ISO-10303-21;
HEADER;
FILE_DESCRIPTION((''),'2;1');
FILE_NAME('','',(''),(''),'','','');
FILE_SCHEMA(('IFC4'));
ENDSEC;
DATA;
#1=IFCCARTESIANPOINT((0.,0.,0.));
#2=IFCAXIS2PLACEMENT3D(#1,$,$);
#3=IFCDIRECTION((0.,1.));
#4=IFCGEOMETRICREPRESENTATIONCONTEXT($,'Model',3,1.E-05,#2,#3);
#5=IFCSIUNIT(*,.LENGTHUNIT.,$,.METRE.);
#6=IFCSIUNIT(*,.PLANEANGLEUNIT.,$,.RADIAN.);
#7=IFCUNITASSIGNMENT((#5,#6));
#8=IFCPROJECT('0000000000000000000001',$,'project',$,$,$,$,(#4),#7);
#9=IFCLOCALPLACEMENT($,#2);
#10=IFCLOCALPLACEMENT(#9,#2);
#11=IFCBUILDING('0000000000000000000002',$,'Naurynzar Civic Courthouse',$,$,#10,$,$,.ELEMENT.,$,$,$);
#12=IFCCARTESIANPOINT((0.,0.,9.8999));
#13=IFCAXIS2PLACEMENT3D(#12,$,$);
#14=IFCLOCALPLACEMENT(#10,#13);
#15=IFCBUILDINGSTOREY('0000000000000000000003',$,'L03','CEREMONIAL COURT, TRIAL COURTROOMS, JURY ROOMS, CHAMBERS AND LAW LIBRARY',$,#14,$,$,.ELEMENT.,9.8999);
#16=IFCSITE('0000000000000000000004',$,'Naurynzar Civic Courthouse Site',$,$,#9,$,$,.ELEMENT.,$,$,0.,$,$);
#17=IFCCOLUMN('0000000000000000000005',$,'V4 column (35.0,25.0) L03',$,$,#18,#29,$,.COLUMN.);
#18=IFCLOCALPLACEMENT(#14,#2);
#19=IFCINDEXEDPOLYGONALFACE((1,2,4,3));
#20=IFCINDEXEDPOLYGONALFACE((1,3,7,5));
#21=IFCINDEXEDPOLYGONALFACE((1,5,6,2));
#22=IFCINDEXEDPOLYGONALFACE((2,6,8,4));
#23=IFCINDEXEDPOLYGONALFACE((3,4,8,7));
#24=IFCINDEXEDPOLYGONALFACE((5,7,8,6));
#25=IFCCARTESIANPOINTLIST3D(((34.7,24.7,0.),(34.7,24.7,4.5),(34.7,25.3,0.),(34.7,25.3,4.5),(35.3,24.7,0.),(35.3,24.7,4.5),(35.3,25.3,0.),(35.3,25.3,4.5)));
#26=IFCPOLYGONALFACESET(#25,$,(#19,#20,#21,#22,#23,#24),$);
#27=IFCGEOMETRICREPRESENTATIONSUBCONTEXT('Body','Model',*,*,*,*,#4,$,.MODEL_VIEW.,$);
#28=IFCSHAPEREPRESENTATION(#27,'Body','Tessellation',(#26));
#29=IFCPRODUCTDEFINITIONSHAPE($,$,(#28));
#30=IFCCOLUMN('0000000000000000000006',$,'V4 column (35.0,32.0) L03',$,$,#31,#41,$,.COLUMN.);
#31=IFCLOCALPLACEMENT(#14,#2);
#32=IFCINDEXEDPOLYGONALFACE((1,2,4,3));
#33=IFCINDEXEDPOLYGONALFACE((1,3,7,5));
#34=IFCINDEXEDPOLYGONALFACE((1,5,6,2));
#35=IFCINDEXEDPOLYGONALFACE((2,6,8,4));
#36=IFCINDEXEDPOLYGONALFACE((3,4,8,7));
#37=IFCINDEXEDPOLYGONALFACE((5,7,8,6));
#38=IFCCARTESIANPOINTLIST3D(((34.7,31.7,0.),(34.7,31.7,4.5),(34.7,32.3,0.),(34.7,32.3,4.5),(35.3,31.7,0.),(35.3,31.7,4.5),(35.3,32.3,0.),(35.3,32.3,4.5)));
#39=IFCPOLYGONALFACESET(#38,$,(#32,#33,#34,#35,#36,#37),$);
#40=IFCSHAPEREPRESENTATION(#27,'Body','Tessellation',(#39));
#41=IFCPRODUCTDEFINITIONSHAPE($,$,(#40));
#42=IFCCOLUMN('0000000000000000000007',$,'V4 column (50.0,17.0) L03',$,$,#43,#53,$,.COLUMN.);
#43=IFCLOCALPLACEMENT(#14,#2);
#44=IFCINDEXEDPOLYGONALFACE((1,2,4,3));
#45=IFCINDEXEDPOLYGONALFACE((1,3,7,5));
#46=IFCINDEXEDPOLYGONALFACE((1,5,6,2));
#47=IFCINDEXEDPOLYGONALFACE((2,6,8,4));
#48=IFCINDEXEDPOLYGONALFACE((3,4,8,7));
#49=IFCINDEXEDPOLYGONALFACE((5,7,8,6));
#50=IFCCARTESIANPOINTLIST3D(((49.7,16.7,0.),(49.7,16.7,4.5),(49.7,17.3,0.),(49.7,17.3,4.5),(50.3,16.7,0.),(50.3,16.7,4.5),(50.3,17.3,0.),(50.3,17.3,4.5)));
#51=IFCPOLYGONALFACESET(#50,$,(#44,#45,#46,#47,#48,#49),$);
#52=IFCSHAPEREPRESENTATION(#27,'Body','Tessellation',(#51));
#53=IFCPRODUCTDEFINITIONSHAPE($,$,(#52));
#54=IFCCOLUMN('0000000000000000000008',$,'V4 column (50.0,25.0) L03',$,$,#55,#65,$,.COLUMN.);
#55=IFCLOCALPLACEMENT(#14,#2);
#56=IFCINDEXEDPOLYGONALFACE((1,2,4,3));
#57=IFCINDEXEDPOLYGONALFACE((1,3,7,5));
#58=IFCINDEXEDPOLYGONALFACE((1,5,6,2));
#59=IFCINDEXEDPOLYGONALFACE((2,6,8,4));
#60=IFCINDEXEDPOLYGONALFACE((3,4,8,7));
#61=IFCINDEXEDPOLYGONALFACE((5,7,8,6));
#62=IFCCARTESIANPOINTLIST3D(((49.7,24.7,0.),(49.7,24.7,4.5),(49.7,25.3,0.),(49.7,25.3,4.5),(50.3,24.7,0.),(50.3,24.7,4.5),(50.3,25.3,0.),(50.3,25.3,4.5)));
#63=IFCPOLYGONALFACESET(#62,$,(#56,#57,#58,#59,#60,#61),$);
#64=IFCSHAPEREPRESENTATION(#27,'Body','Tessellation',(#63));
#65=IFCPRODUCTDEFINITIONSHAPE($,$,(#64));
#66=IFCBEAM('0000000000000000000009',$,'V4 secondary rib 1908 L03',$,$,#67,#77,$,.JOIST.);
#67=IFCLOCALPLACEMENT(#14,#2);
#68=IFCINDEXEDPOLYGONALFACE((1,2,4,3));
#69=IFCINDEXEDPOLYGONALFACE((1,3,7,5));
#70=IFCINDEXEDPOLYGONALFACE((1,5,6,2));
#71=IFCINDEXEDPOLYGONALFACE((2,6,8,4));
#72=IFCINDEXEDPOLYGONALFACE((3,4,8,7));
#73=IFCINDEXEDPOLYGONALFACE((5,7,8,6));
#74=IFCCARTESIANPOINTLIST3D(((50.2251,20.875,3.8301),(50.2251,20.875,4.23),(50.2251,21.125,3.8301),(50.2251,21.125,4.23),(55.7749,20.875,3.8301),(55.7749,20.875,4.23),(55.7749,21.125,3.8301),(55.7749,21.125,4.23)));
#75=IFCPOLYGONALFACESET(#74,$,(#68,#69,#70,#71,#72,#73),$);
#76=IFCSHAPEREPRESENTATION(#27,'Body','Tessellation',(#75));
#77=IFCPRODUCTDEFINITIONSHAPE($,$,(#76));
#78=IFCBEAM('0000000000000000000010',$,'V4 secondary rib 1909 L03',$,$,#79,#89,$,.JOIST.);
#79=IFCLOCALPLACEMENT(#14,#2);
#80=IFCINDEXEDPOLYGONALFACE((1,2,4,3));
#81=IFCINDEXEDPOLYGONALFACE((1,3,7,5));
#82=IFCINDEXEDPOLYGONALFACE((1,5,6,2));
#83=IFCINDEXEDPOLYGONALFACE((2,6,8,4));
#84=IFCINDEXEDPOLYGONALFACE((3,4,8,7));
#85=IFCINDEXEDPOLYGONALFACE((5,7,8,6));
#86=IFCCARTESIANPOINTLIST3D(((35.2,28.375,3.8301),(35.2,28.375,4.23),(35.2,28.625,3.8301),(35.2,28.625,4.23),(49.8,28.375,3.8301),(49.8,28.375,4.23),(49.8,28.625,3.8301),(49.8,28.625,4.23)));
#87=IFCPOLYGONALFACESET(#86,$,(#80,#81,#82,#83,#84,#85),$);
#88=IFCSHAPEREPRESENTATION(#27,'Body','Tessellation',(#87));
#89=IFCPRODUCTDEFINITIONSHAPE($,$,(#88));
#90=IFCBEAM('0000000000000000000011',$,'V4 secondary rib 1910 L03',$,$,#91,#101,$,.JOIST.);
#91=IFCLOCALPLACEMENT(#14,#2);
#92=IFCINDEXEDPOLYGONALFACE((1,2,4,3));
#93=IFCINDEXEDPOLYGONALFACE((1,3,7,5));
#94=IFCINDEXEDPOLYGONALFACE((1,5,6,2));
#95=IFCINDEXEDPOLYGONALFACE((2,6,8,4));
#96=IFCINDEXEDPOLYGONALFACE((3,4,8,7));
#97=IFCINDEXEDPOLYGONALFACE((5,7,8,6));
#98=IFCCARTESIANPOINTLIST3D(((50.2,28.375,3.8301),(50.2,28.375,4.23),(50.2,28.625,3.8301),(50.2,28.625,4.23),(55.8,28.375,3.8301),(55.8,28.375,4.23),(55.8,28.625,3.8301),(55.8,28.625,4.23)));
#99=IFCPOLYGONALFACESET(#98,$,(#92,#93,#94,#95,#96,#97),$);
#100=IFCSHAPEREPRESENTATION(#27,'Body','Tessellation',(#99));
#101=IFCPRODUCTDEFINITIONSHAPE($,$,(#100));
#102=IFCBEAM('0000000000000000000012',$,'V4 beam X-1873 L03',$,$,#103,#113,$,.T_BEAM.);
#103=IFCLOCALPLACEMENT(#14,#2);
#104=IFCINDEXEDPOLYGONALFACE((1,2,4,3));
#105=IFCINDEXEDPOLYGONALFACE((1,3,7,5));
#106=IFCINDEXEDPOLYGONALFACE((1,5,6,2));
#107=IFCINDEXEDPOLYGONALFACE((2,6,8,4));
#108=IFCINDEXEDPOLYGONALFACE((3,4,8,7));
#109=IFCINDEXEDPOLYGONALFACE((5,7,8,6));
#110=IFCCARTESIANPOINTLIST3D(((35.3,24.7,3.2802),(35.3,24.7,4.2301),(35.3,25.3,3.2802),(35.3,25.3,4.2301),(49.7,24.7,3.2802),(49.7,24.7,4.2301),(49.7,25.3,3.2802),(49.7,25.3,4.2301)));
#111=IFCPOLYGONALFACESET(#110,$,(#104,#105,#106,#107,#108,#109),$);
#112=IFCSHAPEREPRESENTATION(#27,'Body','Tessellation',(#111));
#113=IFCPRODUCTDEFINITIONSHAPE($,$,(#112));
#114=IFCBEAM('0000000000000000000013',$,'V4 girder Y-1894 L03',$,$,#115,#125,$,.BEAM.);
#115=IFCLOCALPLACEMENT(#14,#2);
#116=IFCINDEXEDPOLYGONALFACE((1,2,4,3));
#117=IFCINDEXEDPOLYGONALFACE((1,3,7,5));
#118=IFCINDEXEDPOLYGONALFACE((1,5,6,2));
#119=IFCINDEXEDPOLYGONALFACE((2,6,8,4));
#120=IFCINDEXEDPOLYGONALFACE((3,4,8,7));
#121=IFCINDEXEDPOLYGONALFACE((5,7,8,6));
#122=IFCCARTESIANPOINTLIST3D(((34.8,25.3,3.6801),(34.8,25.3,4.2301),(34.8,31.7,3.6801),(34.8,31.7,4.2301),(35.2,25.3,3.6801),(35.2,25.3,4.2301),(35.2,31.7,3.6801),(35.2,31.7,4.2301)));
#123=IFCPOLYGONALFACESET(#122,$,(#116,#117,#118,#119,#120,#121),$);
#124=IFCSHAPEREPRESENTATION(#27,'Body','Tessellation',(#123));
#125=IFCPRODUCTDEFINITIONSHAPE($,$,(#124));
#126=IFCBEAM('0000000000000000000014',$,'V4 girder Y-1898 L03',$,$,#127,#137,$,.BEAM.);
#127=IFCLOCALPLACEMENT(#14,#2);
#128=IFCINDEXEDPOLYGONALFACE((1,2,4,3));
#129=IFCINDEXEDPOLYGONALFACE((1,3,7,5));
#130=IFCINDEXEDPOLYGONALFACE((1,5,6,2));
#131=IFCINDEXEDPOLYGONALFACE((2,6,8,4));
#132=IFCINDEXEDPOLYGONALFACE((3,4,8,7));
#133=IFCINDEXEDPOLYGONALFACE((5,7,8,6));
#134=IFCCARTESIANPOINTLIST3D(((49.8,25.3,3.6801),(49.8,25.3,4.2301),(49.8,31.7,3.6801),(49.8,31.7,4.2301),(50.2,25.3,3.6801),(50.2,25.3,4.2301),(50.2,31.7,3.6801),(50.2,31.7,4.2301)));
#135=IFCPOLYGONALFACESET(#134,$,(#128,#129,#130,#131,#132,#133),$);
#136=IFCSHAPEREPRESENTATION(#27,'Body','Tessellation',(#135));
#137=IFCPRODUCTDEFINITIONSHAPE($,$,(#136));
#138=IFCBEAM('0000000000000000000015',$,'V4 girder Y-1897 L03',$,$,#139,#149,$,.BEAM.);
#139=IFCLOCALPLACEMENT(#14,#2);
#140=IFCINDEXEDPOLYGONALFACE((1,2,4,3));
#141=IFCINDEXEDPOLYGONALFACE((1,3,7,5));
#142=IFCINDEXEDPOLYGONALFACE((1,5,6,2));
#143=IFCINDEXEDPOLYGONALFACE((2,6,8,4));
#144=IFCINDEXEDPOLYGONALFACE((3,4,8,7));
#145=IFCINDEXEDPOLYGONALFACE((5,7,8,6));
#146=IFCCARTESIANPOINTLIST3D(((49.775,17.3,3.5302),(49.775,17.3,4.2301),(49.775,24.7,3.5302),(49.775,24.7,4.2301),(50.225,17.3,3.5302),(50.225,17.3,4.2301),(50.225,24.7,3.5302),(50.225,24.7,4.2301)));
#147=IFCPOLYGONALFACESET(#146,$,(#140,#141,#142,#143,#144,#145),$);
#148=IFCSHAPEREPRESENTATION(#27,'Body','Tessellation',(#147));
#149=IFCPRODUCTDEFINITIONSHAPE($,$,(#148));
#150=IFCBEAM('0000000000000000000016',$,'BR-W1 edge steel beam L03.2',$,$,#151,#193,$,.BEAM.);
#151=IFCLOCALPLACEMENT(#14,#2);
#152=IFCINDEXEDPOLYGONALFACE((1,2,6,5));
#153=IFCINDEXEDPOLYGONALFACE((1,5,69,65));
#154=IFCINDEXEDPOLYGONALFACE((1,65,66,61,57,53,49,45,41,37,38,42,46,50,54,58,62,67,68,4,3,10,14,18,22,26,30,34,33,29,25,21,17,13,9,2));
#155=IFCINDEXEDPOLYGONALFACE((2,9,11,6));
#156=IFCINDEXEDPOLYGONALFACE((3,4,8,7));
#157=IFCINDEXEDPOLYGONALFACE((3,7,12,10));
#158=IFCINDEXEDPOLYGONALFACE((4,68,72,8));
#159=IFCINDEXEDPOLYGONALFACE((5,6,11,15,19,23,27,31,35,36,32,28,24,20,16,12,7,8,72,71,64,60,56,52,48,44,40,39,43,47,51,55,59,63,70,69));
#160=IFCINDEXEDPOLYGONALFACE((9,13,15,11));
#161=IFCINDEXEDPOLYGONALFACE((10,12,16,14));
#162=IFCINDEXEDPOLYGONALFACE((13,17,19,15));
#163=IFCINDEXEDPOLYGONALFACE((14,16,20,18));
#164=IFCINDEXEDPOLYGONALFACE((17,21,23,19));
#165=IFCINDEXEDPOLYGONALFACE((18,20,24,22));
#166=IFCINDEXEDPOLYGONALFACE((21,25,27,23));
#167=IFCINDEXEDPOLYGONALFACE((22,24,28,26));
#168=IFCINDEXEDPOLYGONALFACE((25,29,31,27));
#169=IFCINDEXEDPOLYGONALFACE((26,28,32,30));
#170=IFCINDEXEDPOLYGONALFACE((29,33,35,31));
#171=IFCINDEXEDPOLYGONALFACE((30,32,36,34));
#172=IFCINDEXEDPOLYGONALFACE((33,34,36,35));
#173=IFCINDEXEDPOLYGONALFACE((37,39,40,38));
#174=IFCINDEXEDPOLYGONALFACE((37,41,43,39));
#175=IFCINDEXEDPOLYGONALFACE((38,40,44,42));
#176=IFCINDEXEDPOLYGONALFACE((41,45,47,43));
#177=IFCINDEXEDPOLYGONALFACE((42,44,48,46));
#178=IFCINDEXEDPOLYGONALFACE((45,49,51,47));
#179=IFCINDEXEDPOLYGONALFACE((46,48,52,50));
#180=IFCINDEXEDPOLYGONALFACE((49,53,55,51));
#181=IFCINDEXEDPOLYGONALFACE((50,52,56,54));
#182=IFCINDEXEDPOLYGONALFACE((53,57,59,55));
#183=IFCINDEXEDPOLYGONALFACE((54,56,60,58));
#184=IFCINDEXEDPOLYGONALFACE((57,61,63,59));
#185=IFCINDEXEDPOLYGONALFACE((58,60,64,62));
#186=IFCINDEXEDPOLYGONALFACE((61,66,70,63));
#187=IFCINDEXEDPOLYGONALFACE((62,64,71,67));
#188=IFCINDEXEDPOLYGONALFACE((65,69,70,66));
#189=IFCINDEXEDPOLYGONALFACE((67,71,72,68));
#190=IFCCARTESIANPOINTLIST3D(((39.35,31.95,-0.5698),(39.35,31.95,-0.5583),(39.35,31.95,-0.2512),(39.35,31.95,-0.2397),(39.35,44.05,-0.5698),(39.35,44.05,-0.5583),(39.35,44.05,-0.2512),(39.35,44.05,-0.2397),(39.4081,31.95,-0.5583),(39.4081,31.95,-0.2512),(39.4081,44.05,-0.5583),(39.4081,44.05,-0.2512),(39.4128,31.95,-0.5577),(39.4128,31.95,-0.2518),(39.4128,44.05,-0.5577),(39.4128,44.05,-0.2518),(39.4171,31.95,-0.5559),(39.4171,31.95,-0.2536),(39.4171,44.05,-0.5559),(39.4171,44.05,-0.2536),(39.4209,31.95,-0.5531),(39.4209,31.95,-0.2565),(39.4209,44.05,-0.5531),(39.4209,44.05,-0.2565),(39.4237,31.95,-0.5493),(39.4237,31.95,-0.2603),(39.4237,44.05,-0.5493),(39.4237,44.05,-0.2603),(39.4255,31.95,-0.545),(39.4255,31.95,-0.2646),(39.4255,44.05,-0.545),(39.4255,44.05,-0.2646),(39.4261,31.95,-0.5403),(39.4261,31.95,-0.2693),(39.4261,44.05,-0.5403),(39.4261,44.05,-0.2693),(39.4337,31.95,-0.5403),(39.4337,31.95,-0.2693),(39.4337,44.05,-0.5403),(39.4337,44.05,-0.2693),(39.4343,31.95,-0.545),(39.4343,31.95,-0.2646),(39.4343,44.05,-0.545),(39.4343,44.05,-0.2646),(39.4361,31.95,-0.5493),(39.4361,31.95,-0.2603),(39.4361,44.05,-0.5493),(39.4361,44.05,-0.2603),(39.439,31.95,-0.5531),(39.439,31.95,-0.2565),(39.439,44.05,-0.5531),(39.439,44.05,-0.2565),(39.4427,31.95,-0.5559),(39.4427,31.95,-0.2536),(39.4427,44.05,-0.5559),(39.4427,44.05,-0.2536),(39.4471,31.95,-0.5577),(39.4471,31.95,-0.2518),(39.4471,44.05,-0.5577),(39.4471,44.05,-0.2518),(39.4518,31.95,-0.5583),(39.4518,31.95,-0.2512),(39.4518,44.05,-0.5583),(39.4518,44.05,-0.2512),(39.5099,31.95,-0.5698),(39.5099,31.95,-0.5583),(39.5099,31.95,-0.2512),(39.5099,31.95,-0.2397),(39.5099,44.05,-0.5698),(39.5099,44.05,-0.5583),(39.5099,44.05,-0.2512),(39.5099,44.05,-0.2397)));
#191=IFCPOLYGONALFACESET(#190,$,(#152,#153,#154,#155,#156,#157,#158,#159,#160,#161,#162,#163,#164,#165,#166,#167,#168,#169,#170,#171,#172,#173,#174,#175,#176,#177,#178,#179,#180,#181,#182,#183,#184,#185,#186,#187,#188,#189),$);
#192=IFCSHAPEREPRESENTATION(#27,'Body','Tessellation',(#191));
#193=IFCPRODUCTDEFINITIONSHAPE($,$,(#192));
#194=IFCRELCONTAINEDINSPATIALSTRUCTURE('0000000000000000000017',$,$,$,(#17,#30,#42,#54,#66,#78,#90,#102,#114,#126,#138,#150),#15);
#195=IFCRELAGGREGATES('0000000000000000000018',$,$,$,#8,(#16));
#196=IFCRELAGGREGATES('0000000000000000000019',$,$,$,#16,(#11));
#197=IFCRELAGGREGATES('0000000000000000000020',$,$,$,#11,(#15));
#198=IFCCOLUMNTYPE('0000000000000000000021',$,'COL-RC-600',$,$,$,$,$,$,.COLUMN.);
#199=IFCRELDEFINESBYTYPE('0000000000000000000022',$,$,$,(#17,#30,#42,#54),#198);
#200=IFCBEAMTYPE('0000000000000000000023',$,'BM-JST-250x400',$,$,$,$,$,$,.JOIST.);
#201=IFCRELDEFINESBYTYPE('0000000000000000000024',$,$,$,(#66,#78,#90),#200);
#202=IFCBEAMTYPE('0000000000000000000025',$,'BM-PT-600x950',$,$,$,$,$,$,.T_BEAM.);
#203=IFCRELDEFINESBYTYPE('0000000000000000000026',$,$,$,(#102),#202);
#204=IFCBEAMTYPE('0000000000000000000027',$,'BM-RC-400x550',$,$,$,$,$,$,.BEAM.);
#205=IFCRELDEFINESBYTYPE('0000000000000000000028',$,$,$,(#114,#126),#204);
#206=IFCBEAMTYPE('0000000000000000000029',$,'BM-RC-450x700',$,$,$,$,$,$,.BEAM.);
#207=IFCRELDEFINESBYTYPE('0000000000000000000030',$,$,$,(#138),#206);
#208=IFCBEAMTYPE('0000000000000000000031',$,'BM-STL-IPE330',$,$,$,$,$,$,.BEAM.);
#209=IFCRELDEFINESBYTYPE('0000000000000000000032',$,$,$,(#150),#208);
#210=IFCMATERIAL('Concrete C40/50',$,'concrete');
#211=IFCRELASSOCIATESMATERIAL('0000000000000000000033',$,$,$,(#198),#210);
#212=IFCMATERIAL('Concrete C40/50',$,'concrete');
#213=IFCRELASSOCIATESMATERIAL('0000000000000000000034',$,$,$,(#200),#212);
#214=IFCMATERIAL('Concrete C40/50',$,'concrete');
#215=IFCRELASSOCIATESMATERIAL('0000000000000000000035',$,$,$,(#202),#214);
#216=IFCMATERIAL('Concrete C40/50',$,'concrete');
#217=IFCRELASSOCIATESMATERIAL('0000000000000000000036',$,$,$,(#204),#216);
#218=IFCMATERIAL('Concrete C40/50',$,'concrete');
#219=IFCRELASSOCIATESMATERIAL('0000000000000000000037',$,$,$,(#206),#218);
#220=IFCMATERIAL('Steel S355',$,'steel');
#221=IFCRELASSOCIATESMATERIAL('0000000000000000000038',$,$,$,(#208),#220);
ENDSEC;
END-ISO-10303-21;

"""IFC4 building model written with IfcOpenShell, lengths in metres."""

from ifc_helpers import new_model, si_unit, direction, frame, origin, origin_2d, place, context, subcontext, project, spatial, rectangle, i_section, extrude, material, material_profile, profile_set, type_object, element, save


model = new_model("IFC4")

# Units and contexts
model_context = context("Model", 3, precision=1e-05, world=origin(), true_north=direction((0.0, 1.0)))
body_context = subcontext(model_context, "Body", "Model", "MODEL_VIEW")
ifc_project = project(units=[si_unit("LENGTHUNIT", "METRE"), si_unit("PLANEANGLEUNIT", "RADIAN")], contexts=[model_context])

# Site, building, storey
site_placement = place(None, origin())
site = spatial("IfcSite", under=ifc_project, at=site_placement, Name="Naurynzar Civic Courthouse Site", CompositionType="ELEMENT", RefElevation=0.0)
building_placement = place(site_placement, origin())
building = spatial("IfcBuilding", under=site, at=building_placement, Name="Naurynzar Civic Courthouse", CompositionType="ELEMENT")
storey_placement = place(building_placement, frame((0.0, 0.0, 9.8999)))
storey = spatial("IfcBuildingStorey", under=building, at=storey_placement, Name="L03", Description="CEREMONIAL COURT, TRIAL COURTROOMS, JURY ROOMS, CHAMBERS AND LAW LIBRARY", CompositionType="ELEMENT", Elevation=9.8999)

# Columns
ifc_material_1 = material(Name="Concrete C40/50", Category="concrete")
ifc_material_profile_1 = material_profile(ifc_material_1, rectangle(XDim=0.6001, YDim=0.6001, at=origin_2d()), Name="RC 600x600")
ifc_profile_set_1 = profile_set([ifc_material_profile_1], Name="Concrete C40/50")
column_type = type_object("IfcColumnType", Name="COL-RC-600", PredefinedType="COLUMN", material=ifc_profile_set_1)
for number, where, z_axis, x_axis, name in (
    (1, (35.0, 25.0, 0.0), (0.0, 0.0, 1.0), (1.0, 0.0, 0.0), "V4 column (35.0,25.0) L03"),
    (2, (35.0, 32.0, 0.0), (0.0, 0.0, 1.0), (1.0, 0.0, 0.0), "V4 column (35.0,32.0) L03"),
    (3, (50.0, 17.0, 0.0), (0.0, 0.0, 1.0), (1.0, 0.0, 0.0), "V4 column (50.0,17.0) L03"),
    (4, (50.0, 25.0, 0.0), (0.0, 0.0, 1.0), (1.0, 0.0, 0.0), "V4 column (50.0,25.0) L03"),
):
    element("IfcColumn", number, at=place(storey_placement, frame(where, z_axis=z_axis, x_axis=x_axis)), inside=storey, type_object=column_type, Name=name, PredefinedType="COLUMN", context=body_context, shape_type="SweptSolid", body=[
        extrude(rectangle(XDim=0.6001, YDim=0.6001, at=origin_2d()), origin(), (0.0, 0.0, 1.0), 4.5),
    ])

# Beams
ifc_material_2 = material(Name="Concrete C40/50", Category="concrete")
ifc_material_profile_2 = material_profile(ifc_material_2, rectangle(XDim=0.25, YDim=0.3999, at=origin_2d()), Name="RCB 250x400")
ifc_profile_set_2 = profile_set([ifc_material_profile_2], Name="Concrete C40/50")
beam_type_1 = type_object("IfcBeamType", Name="BM-JST-250x400", PredefinedType="JOIST", material=ifc_profile_set_2)
beam_1_placement = place(storey_placement, frame((50.2251, 21.0, 4.03), z_axis=(1.0, 0.0, 0.0), x_axis=(0.0, 1.0, 0.0)))
element("IfcBeam", 5, at=beam_1_placement, inside=storey, type_object=beam_type_1, Name="V4 secondary rib 1908 L03", PredefinedType="JOIST", context=body_context, shape_type="SweptSolid", body=[
    extrude(rectangle(XDim=0.25, YDim=0.3999, at=origin_2d()), origin(), (0.0, 0.0, 1.0), 5.5498),
])
beam_2_placement = place(storey_placement, frame((35.2, 28.5, 4.03), z_axis=(1.0, 0.0, 0.0), x_axis=(0.0, 1.0, 0.0)))
element("IfcBeam", 6, at=beam_2_placement, inside=storey, type_object=beam_type_1, Name="V4 secondary rib 1909 L03", PredefinedType="JOIST", context=body_context, shape_type="SweptSolid", body=[
    extrude(rectangle(XDim=0.25, YDim=0.3999, at=origin_2d()), origin(), (0.0, 0.0, 1.0), 14.6001),
])
beam_3_placement = place(storey_placement, frame((50.2, 28.5, 4.03), z_axis=(1.0, 0.0, 0.0), x_axis=(0.0, 1.0, 0.0)))
element("IfcBeam", 7, at=beam_3_placement, inside=storey, type_object=beam_type_1, Name="V4 secondary rib 1910 L03", PredefinedType="JOIST", context=body_context, shape_type="SweptSolid", body=[
    extrude(rectangle(XDim=0.25, YDim=0.3999, at=origin_2d()), origin(), (0.0, 0.0, 1.0), 5.6001),
])
ifc_material_3 = material(Name="Concrete C40/50", Category="concrete")
ifc_material_profile_3 = material_profile(ifc_material_3, rectangle(XDim=0.6001, YDim=0.95, at=origin_2d()), Name="PTB 600x950")
ifc_profile_set_3 = profile_set([ifc_material_profile_3], Name="Concrete C40/50")
beam_type_2 = type_object("IfcBeamType", Name="BM-PT-600x950", PredefinedType="T_BEAM", material=ifc_profile_set_3)
beam_4_placement = place(storey_placement, frame((35.3, 25.0, 3.7551), z_axis=(1.0, 0.0, 0.0), x_axis=(0.0, 1.0, 0.0)))
element("IfcBeam", 8, at=beam_4_placement, inside=storey, type_object=beam_type_2, Name="V4 beam X-1873 L03", PredefinedType="T_BEAM", context=body_context, shape_type="SweptSolid", body=[
    extrude(rectangle(XDim=0.6001, YDim=0.95, at=origin_2d()), origin(), (0.0, 0.0, 1.0), 14.3999),
])
ifc_material_4 = material(Name="Concrete C40/50", Category="concrete")
ifc_material_profile_4 = material_profile(ifc_material_4, rectangle(XDim=0.3999, YDim=0.55, at=origin_2d()), Name="RCB 400x550")
ifc_profile_set_4 = profile_set([ifc_material_profile_4], Name="Concrete C40/50")
beam_type_3 = type_object("IfcBeamType", Name="BM-RC-400x550", PredefinedType="BEAM", material=ifc_profile_set_4)
for number, where, z_axis, x_axis, name in (
    (9, (35.0, 25.3, 3.9551), (0.0, 1.0, 0.0), (-1.0, 0.0, 0.0), "V4 girder Y-1894 L03"),
    (10, (50.0, 25.3, 3.9551), (0.0, 1.0, 0.0), (-1.0, 0.0, 0.0), "V4 girder Y-1898 L03"),
):
    element("IfcBeam", number, at=place(storey_placement, frame(where, z_axis=z_axis, x_axis=x_axis)), inside=storey, type_object=beam_type_3, Name=name, PredefinedType="BEAM", context=body_context, shape_type="SweptSolid", body=[
        extrude(rectangle(XDim=0.3999, YDim=0.55, at=origin_2d()), origin(), (0.0, 0.0, 1.0), 6.3999),
    ])
ifc_material_5 = material(Name="Concrete C40/50", Category="concrete")
ifc_material_profile_5 = material_profile(ifc_material_5, rectangle(XDim=0.45, YDim=0.7, at=origin_2d()), Name="RCB 450x700")
ifc_profile_set_5 = profile_set([ifc_material_profile_5], Name="Concrete C40/50")
beam_type_4 = type_object("IfcBeamType", Name="BM-RC-450x700", PredefinedType="BEAM", material=ifc_profile_set_5)
beam_5_placement = place(storey_placement, frame((50.0, 17.3, 3.8801), z_axis=(0.0, 1.0, 0.0), x_axis=(-1.0, 0.0, 0.0)))
element("IfcBeam", 11, at=beam_5_placement, inside=storey, type_object=beam_type_4, Name="V4 girder Y-1897 L03", PredefinedType="BEAM", context=body_context, shape_type="SweptSolid", body=[
    extrude(rectangle(XDim=0.45, YDim=0.7, at=origin_2d()), origin(), (0.0, 0.0, 1.0), 7.3999),
])
ifc_material_6 = material(Name="Steel S355", Category="steel")
ifc_material_profile_6 = material_profile(ifc_material_6, i_section(OverallWidth=0.1599, OverallDepth=0.3301, WebThickness=0.0076, FlangeThickness=0.0115, FilletRadius=0.0181, at=origin_2d()), Name="IPE 330")
ifc_profile_set_6 = profile_set([ifc_material_profile_6], Name="Steel S355")
beam_type_5 = type_object("IfcBeamType", Name="BM-STL-IPE330", PredefinedType="BEAM", material=ifc_profile_set_6)
beam_6_placement = place(storey_placement, frame((39.4299, 31.95, -0.4048), z_axis=(0.0, 1.0, 0.0), x_axis=(-1.0, 0.0, 0.0)))
element("IfcBeam", 12, at=beam_6_placement, inside=storey, type_object=beam_type_5, Name="BR-W1 edge steel beam L03.2", PredefinedType="BEAM", context=body_context, shape_type="SweptSolid", body=[
    extrude(i_section(OverallWidth=0.1599, OverallDepth=0.3301, WebThickness=0.0076, FlangeThickness=0.0115, FilletRadius=0.0181, at=origin_2d()), origin(), (0.0, 0.0, 1.0), 12.1001),
])

save(model, "model.ifc")
